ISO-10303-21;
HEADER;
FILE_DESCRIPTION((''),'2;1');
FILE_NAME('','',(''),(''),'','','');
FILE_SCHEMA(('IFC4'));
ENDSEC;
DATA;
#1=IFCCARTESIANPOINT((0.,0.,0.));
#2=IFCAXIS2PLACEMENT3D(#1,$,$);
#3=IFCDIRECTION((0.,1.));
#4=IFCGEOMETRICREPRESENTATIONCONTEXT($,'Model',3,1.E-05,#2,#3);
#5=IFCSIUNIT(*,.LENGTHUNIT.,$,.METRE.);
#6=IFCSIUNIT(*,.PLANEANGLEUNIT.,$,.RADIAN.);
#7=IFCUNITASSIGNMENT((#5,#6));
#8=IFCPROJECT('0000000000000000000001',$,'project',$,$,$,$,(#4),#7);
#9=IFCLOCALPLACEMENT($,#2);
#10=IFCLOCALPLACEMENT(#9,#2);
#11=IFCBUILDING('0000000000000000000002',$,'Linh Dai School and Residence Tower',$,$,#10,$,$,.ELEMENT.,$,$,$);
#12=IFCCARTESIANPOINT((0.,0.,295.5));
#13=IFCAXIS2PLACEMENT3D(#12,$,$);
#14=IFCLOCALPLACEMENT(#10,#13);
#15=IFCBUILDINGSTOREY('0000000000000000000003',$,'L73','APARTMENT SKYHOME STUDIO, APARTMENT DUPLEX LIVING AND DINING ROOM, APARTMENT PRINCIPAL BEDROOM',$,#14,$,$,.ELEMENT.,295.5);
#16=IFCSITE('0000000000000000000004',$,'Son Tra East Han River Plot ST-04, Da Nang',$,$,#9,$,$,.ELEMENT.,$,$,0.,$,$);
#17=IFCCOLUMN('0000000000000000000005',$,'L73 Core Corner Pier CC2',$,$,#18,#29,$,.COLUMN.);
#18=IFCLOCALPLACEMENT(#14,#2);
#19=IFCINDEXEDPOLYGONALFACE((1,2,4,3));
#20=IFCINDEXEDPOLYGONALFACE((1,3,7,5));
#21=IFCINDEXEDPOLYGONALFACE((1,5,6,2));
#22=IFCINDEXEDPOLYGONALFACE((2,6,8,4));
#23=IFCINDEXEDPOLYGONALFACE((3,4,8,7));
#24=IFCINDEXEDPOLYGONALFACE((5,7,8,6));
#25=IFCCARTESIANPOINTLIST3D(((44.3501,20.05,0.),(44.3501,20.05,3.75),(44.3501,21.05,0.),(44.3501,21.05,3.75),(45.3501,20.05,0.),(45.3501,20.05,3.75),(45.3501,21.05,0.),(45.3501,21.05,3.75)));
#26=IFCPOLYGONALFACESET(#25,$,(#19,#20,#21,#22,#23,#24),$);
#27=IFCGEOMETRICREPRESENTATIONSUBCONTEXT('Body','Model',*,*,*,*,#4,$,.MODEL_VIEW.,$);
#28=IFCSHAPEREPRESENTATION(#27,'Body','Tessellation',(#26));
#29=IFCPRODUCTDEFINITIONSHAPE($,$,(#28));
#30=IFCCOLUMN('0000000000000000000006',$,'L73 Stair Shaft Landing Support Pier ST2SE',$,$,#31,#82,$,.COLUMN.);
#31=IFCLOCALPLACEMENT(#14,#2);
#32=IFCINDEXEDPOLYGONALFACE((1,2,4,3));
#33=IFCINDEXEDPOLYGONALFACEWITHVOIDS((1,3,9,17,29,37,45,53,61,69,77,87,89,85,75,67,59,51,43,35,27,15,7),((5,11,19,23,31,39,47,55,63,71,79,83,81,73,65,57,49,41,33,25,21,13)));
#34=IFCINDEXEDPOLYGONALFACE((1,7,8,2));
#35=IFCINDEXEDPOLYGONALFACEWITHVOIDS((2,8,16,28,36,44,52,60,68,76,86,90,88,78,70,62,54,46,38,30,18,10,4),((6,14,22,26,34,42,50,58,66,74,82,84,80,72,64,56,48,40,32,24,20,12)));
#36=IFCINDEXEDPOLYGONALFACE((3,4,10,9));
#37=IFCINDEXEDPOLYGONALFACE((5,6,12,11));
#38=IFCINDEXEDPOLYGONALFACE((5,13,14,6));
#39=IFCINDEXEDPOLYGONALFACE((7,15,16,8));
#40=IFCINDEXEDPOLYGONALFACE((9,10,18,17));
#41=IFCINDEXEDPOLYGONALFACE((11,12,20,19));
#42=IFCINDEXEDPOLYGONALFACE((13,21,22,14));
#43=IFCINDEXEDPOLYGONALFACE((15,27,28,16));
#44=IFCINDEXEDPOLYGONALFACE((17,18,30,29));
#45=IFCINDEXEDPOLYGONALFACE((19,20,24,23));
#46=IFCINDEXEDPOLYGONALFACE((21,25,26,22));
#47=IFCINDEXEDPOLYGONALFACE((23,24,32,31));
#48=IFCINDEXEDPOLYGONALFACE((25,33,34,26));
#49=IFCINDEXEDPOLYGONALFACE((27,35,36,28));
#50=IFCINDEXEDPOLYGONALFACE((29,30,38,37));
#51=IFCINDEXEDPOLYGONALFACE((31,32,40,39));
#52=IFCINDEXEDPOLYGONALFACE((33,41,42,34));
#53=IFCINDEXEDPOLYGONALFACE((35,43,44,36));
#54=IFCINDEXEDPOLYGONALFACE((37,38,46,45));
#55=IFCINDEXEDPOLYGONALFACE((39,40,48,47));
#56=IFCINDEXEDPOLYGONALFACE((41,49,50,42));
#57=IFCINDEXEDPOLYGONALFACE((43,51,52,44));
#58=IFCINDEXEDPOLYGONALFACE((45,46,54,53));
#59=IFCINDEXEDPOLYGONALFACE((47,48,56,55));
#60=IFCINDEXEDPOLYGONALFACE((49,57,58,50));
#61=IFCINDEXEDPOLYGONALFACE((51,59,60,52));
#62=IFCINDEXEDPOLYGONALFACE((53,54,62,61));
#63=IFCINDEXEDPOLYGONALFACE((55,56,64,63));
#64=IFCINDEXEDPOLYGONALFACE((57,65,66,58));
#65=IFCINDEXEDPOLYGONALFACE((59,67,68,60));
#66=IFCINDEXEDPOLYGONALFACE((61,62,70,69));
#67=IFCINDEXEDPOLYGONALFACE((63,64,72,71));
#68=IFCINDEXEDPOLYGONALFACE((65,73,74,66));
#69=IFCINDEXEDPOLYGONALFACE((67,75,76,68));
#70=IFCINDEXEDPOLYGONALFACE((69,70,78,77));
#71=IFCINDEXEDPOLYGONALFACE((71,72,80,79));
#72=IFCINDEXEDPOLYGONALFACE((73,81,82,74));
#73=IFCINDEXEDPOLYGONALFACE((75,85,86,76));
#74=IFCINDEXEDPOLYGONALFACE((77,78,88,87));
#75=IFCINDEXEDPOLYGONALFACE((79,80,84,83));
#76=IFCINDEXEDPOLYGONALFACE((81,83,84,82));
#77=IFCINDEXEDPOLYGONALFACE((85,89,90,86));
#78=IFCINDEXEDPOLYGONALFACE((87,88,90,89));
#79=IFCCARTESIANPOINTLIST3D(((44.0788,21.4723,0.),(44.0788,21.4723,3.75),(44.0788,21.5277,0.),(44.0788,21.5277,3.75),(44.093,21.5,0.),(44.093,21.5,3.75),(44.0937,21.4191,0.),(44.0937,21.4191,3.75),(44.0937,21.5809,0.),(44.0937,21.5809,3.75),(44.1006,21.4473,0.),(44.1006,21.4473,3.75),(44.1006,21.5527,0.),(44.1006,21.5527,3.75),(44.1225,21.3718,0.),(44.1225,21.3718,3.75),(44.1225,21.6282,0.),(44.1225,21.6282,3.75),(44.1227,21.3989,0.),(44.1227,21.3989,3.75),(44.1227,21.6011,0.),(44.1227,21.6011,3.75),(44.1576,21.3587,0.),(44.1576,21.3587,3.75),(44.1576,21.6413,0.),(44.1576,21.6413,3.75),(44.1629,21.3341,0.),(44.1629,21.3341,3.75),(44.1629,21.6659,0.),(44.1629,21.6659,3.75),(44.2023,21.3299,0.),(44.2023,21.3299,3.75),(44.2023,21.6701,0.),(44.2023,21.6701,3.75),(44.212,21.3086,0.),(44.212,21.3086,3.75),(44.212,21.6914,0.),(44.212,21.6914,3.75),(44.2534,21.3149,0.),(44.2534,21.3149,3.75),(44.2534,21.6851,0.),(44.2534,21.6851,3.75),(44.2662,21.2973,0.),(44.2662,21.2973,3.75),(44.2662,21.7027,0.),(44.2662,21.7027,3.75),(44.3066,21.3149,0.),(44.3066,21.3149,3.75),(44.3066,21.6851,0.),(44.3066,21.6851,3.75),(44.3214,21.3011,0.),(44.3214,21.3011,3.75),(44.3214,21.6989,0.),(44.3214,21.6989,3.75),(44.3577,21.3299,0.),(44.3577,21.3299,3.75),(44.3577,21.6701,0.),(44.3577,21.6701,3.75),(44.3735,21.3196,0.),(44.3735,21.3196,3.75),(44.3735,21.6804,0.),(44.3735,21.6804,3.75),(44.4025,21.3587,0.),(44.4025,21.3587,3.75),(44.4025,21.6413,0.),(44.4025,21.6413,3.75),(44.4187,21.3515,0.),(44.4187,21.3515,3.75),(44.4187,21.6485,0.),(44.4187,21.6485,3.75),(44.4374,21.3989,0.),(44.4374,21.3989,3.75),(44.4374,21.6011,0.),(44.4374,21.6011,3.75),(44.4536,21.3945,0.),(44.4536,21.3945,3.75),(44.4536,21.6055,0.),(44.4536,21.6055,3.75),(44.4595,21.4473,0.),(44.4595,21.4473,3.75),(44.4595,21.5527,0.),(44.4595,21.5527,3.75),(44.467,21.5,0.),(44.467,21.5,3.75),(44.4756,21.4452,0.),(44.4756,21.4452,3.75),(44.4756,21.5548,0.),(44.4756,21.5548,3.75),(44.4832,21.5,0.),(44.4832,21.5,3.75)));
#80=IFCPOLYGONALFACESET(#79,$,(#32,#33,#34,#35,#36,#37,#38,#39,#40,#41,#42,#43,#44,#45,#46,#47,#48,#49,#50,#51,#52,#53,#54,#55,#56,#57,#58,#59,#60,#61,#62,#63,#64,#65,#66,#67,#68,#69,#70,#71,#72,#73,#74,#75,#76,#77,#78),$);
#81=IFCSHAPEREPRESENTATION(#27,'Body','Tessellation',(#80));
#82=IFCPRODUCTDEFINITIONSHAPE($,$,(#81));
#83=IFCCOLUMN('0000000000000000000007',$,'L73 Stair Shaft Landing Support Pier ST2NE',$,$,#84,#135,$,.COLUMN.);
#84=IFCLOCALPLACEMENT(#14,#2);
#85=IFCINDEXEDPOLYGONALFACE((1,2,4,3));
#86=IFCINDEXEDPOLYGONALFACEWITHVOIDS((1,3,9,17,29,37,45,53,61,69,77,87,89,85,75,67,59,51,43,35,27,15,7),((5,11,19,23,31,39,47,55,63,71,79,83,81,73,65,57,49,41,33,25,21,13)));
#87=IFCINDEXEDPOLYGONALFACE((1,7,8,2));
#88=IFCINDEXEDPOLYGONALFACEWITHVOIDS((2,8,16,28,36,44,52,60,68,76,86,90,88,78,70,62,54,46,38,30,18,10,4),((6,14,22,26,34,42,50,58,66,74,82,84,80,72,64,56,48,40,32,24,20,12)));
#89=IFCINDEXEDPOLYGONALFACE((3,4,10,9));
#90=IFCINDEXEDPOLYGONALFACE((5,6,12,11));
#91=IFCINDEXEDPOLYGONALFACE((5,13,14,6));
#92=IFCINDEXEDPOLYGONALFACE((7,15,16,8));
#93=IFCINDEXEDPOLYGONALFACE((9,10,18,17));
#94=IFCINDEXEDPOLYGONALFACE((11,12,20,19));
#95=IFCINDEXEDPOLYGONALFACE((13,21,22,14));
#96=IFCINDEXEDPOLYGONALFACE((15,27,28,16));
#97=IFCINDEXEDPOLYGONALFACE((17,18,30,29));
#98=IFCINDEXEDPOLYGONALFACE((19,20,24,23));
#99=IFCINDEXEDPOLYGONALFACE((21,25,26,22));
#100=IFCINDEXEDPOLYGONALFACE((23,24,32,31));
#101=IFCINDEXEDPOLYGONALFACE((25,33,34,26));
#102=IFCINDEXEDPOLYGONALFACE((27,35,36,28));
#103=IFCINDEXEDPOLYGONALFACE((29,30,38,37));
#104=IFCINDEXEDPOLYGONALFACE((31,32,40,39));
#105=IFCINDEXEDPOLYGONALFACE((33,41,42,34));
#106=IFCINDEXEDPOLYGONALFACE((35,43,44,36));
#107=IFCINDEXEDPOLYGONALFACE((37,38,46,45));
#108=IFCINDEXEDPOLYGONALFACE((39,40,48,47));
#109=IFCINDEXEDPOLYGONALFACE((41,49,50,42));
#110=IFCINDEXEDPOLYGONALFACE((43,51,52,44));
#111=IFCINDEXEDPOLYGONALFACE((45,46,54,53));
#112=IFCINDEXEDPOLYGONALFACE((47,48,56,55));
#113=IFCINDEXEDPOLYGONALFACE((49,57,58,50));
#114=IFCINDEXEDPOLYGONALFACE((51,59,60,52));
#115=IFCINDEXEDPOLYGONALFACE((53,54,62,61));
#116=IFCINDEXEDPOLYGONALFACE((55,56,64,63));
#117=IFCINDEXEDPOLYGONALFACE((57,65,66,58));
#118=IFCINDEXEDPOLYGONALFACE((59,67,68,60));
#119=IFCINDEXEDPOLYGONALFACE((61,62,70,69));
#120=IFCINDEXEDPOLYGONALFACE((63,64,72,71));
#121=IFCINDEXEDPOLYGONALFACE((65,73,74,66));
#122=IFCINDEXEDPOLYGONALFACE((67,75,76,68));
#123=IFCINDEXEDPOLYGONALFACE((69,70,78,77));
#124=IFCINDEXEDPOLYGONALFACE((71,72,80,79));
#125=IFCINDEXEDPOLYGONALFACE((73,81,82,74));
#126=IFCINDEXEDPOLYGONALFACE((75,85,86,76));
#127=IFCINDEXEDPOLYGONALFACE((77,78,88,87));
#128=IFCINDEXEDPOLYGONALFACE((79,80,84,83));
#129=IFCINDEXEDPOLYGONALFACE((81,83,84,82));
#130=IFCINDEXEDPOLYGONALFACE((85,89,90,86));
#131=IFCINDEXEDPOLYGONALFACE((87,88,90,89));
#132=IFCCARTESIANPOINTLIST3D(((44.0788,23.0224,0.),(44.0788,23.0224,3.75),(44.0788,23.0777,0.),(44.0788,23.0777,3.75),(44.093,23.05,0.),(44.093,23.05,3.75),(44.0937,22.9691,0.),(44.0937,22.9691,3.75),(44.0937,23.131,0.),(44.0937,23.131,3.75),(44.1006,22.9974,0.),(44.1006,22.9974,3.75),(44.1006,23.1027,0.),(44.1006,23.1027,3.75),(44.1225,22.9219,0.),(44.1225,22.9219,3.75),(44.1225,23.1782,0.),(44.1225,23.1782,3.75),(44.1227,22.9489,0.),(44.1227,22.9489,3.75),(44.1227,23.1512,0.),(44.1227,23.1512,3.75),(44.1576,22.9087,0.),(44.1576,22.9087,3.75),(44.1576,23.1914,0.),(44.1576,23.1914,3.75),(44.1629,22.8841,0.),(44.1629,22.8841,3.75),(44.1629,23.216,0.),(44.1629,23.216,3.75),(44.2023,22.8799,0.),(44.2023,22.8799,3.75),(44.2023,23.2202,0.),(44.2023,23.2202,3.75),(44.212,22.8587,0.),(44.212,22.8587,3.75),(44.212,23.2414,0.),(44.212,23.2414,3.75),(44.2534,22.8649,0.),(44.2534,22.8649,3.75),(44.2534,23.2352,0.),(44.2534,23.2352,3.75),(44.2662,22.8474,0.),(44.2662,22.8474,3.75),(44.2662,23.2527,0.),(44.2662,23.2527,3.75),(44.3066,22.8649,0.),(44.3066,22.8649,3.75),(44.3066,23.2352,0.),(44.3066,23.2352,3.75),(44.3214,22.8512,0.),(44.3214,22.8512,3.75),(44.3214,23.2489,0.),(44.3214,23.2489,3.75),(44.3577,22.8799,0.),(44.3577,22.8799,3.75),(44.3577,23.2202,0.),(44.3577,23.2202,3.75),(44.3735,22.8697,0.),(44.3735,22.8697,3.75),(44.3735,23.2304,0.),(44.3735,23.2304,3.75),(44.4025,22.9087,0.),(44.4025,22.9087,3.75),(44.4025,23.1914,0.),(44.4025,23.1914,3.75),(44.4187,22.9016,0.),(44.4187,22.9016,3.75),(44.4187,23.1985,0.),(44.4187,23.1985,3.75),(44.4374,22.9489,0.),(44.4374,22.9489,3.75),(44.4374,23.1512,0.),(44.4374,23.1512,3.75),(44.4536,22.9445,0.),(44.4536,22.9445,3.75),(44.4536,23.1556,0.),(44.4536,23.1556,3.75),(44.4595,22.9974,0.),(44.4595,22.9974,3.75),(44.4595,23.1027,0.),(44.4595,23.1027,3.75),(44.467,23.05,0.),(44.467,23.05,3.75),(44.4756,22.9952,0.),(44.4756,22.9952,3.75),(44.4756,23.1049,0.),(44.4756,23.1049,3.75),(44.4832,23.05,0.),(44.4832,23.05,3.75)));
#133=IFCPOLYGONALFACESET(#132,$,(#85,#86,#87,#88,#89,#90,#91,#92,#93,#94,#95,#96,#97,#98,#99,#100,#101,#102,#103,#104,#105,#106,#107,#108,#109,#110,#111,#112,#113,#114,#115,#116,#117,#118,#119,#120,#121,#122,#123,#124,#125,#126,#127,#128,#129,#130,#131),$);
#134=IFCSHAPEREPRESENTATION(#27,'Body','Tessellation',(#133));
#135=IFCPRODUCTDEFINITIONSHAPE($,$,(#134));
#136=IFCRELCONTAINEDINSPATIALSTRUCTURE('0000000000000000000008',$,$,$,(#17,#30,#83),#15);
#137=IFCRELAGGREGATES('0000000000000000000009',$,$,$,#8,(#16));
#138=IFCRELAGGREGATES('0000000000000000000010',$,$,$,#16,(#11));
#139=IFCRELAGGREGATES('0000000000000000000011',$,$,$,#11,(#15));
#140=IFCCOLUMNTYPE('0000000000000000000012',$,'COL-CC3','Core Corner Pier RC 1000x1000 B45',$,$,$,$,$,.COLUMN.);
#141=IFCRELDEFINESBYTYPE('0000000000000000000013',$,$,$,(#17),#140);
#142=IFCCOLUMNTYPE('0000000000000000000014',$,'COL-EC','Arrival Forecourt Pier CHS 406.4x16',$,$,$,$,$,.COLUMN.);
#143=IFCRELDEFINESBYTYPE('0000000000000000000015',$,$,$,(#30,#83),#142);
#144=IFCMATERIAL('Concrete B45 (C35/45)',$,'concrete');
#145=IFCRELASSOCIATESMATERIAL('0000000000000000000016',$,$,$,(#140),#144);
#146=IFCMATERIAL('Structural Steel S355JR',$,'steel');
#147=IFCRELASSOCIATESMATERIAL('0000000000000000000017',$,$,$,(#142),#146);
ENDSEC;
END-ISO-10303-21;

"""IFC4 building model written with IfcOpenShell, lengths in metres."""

from ifc_helpers import new_model, si_unit, direction, frame, origin, origin_2d, place, context, subcontext, project, spatial, rectangle, hollow_circle, extrude, material, material_profile, profile_set, type_object, element, save


model = new_model("IFC4")

# Units and contexts
model_context = context("Model", 3, precision=1e-05, world=origin(), true_north=direction((0.0, 1.0)))
body_context = subcontext(model_context, "Body", "Model", "MODEL_VIEW")
ifc_project = project(units=[si_unit("LENGTHUNIT", "METRE"), si_unit("PLANEANGLEUNIT", "RADIAN")], contexts=[model_context])

# Site, building, storey
site_placement = place(None, origin())
site = spatial("IfcSite", under=ifc_project, at=site_placement, Name="Son Tra East Han River Plot ST-04, Da Nang", CompositionType="ELEMENT", RefElevation=0.0)
building_placement = place(site_placement, origin())
building = spatial("IfcBuilding", under=site, at=building_placement, Name="Linh Dai School and Residence Tower", CompositionType="ELEMENT")
storey_placement = place(building_placement, frame((0.0, 0.0, 295.5)))
storey = spatial("IfcBuildingStorey", under=building, at=storey_placement, Name="L73", Description="APARTMENT SKYHOME STUDIO, APARTMENT DUPLEX LIVING AND DINING ROOM, APARTMENT PRINCIPAL BEDROOM", CompositionType="ELEMENT", Elevation=295.5)

# Columns
ifc_material_1 = material(Name="Concrete B45 (C35/45)", Category="concrete")
ifc_material_profile_1 = material_profile(ifc_material_1, rectangle(XDim=1.0, YDim=1.0, at=origin_2d()), Name="RC 1000x1000")
ifc_profile_set_1 = profile_set([ifc_material_profile_1], Name="Concrete B45 (C35/45)")
column_type_1 = type_object("IfcColumnType", Name="COL-CC3", Description="Core Corner Pier RC 1000x1000 B45", PredefinedType="COLUMN", material=ifc_profile_set_1)
column_1_placement = place(storey_placement, frame((44.8501, 20.55, 0.0), z_axis=(0.0, 0.0, 1.0), x_axis=(1.0, 0.0, 0.0)))
element("IfcColumn", 1, at=column_1_placement, inside=storey, type_object=column_type_1, Name="L73 Core Corner Pier CC2", PredefinedType="COLUMN", context=body_context, shape_type="SweptSolid", body=[
    extrude(rectangle(XDim=1.0, YDim=1.0, at=origin_2d()), origin(), (0.0, 0.0, 1.0), 3.75),
])
ifc_material_2 = material(Name="Structural Steel S355JR", Category="steel")
ifc_material_profile_2 = material_profile(ifc_material_2, hollow_circle(Radius=0.2031, WallThickness=0.0161, at=origin_2d()), Name="CHS 406.4x16")
ifc_profile_set_2 = profile_set([ifc_material_profile_2], Name="Structural Steel S355JR")
column_type_2 = type_object("IfcColumnType", Name="COL-EC", Description="Arrival Forecourt Pier CHS 406.4x16", PredefinedType="COLUMN", material=ifc_profile_set_2)
for number, where, z_axis, x_axis, name in (
    (2, (44.28, 21.5, 0.0), (0.0, 0.0, 1.0), (1.0, 0.0, 0.0), "L73 Stair Shaft Landing Support Pier ST2SE"),
    (3, (44.28, 23.05, 0.0), (0.0, 0.0, 1.0), (1.0, 0.0, 0.0), "L73 Stair Shaft Landing Support Pier ST2NE"),
):
    element("IfcColumn", number, at=place(storey_placement, frame(where, z_axis=z_axis, x_axis=x_axis)), inside=storey, type_object=column_type_2, Name=name, PredefinedType="COLUMN", context=body_context, shape_type="SweptSolid", body=[
        extrude(hollow_circle(Radius=0.2031, WallThickness=0.0161, at=origin_2d()), origin(), (0.0, 0.0, 1.0), 3.75),
    ])

save(model, "model.ifc")
